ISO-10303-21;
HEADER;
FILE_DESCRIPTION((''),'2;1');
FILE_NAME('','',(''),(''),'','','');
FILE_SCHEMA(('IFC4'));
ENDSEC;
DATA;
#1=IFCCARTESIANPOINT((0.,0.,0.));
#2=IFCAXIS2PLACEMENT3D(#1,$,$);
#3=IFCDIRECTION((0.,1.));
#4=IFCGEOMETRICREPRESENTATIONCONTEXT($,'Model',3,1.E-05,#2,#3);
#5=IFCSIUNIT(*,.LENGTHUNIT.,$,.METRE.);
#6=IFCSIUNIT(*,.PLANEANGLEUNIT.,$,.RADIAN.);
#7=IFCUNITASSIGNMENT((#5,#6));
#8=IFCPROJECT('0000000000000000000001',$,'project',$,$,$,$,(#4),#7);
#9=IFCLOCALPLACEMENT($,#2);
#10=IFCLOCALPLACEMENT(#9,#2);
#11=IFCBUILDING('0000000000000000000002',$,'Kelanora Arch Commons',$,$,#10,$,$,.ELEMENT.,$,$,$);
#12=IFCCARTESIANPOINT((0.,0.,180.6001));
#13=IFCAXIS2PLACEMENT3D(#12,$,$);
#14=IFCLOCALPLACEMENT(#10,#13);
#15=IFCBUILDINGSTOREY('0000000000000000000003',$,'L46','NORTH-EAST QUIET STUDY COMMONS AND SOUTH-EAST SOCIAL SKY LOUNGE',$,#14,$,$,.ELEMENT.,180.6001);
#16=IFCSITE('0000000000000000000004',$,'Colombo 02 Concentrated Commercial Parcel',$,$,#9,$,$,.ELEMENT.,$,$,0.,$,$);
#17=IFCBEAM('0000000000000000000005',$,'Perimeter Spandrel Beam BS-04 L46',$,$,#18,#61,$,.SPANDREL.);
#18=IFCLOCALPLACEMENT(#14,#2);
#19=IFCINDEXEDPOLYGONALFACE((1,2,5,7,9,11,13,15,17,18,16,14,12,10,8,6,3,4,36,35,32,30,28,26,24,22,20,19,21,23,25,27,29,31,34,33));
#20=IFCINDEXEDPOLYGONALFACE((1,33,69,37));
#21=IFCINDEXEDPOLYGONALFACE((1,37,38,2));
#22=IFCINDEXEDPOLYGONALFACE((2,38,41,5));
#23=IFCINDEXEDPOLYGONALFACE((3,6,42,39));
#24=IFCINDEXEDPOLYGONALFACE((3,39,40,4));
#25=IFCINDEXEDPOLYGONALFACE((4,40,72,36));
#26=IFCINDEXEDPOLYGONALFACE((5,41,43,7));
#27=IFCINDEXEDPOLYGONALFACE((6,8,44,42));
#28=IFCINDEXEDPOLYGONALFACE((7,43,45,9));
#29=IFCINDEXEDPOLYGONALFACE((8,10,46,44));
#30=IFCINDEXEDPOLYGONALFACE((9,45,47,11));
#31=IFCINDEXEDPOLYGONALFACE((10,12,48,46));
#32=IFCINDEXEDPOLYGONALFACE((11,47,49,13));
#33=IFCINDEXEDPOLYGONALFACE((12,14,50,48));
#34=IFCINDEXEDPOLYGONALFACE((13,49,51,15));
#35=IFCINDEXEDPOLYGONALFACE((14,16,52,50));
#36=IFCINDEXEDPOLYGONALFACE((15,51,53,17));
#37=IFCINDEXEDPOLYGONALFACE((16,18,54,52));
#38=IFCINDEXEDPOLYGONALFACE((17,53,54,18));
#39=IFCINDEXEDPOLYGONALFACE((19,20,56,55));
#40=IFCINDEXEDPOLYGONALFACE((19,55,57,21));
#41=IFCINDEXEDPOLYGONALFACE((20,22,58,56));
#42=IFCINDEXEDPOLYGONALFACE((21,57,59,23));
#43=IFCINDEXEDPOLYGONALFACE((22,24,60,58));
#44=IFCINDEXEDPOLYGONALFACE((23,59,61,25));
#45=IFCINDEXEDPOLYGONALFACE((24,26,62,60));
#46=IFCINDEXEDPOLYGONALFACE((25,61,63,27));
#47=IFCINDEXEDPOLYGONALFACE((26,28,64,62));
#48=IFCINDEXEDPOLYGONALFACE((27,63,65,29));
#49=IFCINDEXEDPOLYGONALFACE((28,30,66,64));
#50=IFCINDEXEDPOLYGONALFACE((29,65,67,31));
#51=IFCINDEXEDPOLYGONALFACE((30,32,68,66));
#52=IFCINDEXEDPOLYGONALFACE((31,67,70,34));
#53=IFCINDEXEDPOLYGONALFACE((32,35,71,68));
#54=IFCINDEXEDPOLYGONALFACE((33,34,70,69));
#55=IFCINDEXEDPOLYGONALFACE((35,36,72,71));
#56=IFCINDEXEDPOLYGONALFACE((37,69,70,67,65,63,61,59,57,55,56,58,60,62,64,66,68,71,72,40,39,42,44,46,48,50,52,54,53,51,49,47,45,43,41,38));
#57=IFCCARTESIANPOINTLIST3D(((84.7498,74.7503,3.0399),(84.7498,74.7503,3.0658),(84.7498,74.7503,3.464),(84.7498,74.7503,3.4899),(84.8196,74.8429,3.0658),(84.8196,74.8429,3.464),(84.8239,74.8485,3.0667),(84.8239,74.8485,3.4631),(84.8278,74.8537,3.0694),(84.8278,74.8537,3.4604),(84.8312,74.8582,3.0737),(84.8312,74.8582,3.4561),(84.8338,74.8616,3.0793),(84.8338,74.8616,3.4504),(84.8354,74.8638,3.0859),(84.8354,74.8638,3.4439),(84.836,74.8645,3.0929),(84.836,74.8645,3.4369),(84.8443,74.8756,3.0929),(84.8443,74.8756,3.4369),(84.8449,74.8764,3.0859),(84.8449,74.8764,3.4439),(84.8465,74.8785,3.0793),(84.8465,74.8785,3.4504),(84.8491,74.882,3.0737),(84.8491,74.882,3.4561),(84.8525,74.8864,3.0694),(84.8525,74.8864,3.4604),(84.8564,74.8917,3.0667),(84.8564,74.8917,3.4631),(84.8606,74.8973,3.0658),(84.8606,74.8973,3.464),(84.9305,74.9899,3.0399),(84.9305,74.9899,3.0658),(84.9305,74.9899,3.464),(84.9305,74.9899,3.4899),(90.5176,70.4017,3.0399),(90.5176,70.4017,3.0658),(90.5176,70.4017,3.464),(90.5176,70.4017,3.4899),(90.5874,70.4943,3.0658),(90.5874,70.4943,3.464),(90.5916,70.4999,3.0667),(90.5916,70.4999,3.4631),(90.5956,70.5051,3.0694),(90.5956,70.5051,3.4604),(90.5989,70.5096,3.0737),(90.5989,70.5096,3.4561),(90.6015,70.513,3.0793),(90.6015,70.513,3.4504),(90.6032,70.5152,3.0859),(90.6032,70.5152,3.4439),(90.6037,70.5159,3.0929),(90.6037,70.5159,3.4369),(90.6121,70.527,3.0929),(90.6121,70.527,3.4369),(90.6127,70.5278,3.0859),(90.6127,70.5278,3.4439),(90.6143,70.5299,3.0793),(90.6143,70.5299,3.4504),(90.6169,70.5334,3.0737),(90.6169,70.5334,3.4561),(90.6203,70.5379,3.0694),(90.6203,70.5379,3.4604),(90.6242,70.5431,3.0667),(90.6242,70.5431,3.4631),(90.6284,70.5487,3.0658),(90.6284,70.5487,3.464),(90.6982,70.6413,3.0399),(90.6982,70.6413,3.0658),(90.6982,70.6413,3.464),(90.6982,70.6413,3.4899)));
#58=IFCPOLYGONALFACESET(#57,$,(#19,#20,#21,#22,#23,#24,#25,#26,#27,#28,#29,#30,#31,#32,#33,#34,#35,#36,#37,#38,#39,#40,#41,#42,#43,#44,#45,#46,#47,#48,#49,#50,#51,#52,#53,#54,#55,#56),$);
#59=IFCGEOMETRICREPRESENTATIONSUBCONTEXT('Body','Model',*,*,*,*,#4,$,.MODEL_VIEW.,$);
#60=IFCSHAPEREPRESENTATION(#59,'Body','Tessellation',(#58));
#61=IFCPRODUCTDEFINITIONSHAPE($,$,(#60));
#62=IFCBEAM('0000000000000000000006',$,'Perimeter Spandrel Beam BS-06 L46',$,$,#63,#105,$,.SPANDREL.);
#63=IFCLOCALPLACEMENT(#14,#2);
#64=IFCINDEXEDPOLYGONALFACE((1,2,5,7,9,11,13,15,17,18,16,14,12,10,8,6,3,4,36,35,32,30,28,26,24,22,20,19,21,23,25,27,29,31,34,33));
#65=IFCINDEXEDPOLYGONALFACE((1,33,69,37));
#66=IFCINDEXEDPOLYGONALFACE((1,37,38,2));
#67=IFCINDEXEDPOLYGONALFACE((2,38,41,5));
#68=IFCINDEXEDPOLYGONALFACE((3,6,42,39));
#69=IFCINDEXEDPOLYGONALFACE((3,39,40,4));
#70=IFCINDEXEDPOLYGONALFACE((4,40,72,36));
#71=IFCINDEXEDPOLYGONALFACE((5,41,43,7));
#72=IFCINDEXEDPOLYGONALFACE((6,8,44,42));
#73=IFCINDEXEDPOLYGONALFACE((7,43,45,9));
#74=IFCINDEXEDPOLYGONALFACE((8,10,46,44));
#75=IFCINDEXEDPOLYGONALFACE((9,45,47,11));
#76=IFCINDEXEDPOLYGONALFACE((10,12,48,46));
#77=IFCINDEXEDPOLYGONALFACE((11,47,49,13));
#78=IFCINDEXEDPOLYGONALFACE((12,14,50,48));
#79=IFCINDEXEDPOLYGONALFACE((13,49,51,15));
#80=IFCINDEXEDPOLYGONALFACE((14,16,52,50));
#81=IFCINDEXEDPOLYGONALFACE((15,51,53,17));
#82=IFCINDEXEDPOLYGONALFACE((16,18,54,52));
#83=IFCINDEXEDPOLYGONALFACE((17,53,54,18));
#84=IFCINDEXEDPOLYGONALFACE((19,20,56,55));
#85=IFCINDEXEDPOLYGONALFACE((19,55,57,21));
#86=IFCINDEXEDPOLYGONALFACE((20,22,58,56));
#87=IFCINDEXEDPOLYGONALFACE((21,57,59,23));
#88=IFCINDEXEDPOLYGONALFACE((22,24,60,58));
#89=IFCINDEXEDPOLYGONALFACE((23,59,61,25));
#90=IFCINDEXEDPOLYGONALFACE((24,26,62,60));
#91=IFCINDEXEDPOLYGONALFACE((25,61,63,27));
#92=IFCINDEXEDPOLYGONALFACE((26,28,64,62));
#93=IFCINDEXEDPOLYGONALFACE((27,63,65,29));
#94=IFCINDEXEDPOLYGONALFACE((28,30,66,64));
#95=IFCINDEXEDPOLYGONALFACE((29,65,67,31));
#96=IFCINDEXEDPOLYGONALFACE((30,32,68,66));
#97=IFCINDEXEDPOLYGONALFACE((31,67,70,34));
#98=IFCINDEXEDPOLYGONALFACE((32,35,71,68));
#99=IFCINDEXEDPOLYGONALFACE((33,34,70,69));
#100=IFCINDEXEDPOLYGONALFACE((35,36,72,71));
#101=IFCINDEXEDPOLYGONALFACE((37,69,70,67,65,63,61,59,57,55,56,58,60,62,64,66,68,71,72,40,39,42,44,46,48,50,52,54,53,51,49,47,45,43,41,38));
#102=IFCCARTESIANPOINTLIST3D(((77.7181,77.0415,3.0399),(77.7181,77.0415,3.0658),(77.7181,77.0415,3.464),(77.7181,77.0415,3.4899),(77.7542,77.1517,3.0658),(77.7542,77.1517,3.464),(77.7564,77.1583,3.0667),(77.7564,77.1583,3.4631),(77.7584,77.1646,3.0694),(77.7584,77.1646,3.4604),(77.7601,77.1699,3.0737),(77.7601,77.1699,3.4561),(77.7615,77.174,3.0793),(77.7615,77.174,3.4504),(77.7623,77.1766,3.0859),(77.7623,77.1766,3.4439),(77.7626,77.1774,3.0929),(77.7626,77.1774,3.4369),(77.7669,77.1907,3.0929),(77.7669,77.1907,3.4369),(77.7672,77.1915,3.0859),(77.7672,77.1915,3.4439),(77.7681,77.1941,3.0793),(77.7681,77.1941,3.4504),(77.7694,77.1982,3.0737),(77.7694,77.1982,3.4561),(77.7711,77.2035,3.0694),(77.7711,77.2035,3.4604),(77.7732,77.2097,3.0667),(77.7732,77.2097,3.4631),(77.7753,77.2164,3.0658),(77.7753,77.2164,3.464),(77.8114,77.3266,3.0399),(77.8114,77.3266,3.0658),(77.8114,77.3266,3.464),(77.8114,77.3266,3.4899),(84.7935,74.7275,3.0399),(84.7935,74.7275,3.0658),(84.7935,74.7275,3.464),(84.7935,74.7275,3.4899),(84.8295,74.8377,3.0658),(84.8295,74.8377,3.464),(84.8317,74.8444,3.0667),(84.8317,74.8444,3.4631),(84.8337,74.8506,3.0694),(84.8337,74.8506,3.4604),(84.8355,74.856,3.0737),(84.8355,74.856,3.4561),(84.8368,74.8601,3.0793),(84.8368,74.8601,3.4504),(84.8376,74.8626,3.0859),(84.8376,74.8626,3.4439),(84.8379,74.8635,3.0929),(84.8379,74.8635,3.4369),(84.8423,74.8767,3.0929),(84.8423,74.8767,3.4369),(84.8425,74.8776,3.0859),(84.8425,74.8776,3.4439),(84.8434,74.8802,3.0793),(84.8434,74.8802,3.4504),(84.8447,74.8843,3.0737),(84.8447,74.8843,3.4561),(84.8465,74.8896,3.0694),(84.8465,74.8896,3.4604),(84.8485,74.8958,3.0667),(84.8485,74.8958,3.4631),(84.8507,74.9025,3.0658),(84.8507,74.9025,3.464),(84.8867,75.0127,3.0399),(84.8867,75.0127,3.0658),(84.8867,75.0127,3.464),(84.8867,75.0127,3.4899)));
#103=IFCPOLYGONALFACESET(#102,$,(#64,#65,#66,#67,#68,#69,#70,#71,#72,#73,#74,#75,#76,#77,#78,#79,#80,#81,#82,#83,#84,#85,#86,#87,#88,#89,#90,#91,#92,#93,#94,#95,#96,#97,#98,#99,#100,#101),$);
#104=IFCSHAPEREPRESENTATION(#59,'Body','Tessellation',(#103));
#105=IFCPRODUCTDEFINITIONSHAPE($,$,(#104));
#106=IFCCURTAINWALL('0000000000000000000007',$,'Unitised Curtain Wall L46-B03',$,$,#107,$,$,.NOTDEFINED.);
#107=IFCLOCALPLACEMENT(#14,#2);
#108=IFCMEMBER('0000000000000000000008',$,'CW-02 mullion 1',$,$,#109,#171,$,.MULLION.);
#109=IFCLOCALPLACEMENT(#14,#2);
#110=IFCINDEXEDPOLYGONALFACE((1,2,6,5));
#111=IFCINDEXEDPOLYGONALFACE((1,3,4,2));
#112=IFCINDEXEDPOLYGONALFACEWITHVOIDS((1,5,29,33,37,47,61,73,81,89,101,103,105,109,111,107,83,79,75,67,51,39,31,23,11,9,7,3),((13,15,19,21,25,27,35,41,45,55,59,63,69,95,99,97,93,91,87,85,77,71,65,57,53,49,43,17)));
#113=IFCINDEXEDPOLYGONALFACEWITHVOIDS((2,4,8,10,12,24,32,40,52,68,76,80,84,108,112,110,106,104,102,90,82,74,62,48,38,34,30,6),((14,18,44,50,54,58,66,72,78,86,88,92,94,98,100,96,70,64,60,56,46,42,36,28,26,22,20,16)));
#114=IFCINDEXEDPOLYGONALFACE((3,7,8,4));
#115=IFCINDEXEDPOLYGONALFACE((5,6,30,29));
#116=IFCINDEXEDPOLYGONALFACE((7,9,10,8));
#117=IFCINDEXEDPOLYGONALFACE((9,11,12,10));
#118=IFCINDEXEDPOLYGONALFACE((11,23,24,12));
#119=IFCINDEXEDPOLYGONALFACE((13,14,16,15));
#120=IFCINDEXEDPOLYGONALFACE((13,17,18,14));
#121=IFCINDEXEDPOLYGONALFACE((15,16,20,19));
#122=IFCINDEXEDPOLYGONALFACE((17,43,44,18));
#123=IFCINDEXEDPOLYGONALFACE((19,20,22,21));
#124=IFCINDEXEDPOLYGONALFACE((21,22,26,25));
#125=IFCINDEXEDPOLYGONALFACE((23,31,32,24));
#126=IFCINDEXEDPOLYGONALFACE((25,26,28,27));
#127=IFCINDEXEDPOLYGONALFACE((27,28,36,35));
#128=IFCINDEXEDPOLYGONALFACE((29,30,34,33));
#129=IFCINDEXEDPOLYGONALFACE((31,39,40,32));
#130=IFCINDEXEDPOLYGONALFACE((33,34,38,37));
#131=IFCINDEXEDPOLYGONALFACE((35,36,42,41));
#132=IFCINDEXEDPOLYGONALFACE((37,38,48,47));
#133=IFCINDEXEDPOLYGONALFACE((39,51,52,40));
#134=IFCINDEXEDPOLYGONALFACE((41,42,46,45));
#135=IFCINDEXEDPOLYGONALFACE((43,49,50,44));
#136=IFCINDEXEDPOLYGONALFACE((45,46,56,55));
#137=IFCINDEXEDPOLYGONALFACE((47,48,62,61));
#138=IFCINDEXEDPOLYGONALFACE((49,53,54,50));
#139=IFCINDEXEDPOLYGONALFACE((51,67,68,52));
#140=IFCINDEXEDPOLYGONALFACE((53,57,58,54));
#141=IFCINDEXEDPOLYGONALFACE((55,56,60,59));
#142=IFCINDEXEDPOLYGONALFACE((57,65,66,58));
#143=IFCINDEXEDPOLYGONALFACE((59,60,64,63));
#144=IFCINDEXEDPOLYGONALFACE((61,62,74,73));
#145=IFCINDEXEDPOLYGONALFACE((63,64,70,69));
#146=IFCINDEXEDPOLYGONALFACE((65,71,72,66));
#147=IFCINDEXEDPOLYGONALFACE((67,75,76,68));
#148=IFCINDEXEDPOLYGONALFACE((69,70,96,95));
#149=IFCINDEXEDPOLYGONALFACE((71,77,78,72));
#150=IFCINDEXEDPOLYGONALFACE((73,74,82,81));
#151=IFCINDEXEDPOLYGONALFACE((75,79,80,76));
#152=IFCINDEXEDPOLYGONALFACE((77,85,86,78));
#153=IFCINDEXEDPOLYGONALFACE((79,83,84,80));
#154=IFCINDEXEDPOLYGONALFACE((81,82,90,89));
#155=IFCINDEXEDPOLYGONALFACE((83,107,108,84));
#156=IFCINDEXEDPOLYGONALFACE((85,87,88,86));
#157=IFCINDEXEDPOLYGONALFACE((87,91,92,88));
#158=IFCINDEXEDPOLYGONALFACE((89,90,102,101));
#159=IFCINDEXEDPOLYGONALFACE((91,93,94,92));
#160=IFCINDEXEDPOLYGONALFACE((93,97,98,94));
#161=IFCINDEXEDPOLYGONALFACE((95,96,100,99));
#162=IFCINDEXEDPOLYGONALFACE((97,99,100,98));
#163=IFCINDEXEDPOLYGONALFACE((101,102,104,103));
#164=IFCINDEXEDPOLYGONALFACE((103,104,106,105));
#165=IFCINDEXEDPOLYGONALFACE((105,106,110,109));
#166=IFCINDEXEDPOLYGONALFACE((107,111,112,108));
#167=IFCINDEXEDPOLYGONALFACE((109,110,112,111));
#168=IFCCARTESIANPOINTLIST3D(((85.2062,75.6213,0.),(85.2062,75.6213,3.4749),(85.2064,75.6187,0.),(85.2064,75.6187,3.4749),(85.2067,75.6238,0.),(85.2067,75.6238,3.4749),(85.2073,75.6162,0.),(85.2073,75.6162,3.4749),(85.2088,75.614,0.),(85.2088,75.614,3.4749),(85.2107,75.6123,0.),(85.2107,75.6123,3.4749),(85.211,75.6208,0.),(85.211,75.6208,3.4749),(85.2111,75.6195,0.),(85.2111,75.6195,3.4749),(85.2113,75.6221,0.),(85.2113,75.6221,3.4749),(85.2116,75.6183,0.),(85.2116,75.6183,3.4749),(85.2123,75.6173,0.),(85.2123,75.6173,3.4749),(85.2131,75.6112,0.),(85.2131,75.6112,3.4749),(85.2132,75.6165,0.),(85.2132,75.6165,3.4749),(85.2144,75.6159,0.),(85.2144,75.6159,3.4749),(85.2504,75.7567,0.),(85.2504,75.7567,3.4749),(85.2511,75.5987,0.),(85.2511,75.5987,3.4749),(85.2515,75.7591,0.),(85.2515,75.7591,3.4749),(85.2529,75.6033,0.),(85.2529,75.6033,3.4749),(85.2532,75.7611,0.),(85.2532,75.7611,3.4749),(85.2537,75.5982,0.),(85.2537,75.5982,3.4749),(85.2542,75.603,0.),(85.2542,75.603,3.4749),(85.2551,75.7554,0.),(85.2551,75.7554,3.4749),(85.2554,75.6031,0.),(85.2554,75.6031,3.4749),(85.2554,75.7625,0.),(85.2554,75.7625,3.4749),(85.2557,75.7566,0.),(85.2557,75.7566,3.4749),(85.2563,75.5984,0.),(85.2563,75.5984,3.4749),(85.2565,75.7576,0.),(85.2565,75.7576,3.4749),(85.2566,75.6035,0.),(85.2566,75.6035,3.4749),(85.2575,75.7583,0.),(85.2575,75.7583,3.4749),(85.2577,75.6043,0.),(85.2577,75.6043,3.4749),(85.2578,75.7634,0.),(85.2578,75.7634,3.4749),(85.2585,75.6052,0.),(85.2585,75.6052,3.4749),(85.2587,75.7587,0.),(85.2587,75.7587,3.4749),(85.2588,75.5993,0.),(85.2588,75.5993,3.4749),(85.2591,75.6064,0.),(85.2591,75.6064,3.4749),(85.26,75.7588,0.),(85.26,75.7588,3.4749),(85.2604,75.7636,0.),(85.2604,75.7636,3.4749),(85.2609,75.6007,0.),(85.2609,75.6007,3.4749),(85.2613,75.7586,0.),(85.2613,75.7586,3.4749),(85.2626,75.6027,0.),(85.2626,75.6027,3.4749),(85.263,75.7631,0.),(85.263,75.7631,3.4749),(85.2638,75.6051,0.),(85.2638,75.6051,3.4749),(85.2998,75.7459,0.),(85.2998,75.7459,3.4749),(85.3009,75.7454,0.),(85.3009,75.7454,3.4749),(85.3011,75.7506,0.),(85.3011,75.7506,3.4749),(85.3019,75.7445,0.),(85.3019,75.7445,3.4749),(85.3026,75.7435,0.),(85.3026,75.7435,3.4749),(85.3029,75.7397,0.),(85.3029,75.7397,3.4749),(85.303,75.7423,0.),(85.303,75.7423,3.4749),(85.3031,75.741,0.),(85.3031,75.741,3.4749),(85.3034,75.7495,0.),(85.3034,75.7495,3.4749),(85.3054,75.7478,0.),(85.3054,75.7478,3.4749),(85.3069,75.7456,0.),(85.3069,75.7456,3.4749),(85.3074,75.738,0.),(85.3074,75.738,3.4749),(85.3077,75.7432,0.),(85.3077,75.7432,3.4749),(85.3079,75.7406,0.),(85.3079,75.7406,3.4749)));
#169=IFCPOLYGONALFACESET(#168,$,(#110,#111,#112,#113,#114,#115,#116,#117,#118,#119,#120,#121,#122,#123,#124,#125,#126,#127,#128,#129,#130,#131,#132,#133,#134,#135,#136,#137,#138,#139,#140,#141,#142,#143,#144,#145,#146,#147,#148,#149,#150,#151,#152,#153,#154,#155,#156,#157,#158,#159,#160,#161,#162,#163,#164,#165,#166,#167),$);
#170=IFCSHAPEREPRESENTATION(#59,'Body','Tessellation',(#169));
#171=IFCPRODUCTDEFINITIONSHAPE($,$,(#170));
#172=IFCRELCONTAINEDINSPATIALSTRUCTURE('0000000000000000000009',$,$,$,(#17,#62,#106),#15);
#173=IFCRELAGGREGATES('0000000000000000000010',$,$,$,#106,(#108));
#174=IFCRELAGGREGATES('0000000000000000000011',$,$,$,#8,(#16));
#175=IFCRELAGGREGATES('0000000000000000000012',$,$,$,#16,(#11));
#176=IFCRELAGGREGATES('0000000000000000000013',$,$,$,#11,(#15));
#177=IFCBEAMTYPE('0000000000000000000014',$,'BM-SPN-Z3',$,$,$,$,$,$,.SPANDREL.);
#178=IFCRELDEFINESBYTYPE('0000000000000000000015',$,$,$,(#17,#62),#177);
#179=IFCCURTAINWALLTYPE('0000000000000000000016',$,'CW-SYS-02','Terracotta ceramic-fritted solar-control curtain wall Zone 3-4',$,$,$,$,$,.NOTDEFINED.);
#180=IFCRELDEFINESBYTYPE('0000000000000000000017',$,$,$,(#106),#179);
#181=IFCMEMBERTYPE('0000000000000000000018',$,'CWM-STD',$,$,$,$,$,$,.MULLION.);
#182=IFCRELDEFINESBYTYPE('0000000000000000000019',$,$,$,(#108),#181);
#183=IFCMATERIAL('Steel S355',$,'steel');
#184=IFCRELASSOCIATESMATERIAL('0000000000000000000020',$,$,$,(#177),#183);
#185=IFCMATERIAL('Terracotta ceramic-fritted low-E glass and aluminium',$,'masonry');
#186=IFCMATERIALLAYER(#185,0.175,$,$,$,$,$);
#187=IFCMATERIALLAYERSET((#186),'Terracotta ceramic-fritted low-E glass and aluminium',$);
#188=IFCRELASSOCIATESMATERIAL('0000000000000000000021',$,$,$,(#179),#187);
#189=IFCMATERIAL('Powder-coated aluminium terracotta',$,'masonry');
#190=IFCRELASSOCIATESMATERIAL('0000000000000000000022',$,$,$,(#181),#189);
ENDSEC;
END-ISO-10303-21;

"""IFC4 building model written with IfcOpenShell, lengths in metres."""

from ifc_helpers import new_model, si_unit, direction, frame, origin, origin_2d, place, context, subcontext, project, spatial, hollow_rectangle, i_section, extrude, material, layer, layer_set, material_profile, profile_set, type_object, element, aggregate, save


model = new_model("IFC4")

# Units and contexts
model_context = context("Model", 3, precision=1e-05, world=origin(), true_north=direction((0.0, 1.0)))
body_context = subcontext(model_context, "Body", "Model", "MODEL_VIEW")
ifc_project = project(units=[si_unit("LENGTHUNIT", "METRE"), si_unit("PLANEANGLEUNIT", "RADIAN")], contexts=[model_context])

# Site, building, storey
site_placement = place(None, origin())
site = spatial("IfcSite", under=ifc_project, at=site_placement, Name="Colombo 02 Concentrated Commercial Parcel", CompositionType="ELEMENT", RefElevation=0.0)
building_placement = place(site_placement, origin())
building = spatial("IfcBuilding", under=site, at=building_placement, Name="Kelanora Arch Commons", CompositionType="ELEMENT")
storey_placement = place(building_placement, frame((0.0, 0.0, 180.6001)))
storey = spatial("IfcBuildingStorey", under=building, at=storey_placement, Name="L46", Description="NORTH-EAST QUIET STUDY COMMONS AND SOUTH-EAST SOCIAL SKY LOUNGE", CompositionType="ELEMENT", Elevation=180.6001)

# Beams
ifc_material_1 = material(Name="Steel S355", Category="steel")
ifc_material_profile_1 = material_profile(ifc_material_1, i_section(OverallWidth=0.3, OverallDepth=0.45, WebThickness=0.0139, FlangeThickness=0.0259, FilletRadius=0.0271, at=origin_2d()), Name="HEB450")
ifc_profile_set_1 = profile_set([ifc_material_profile_1], Name="Steel S355")
beam_type_1 = type_object("IfcBeamType", Name="BM-SPN-Z3", PredefinedType="SPANDREL", material=ifc_profile_set_1)
beam_1_placement = place(storey_placement, frame((90.6079, 70.5215, 3.2649), z_axis=(-0.798485, 0.602015, 0.0), x_axis=(-0.602015, -0.798485, 0.0)))
element("IfcBeam", 1, at=beam_1_placement, inside=storey, type_object=beam_type_1, Name="Perimeter Spandrel Beam BS-04 L46", PredefinedType="SPANDREL", context=body_context, shape_type="SweptSolid", body=[
    extrude(i_section(OverallWidth=0.3, OverallDepth=0.45, WebThickness=0.0139, FlangeThickness=0.0259, FilletRadius=0.0271, at=origin_2d()), origin(), (0.0, 0.0, 1.0), 7.2234),
])
beam_2_placement = place(storey_placement, frame((84.8401, 74.8701, 3.2649), z_axis=(-0.950462, 0.310841, 0.0), x_axis=(-0.310841, -0.950462, 0.0)))
element("IfcBeam", 2, at=beam_2_placement, inside=storey, type_object=beam_type_1, Name="Perimeter Spandrel Beam BS-06 L46", PredefinedType="SPANDREL", context=body_context, shape_type="SweptSolid", body=[
    extrude(i_section(OverallWidth=0.3, OverallDepth=0.45, WebThickness=0.0139, FlangeThickness=0.0259, FilletRadius=0.0271, at=origin_2d()), origin(), (0.0, 0.0, 1.0), 7.4441),
])

# Curtain wall, member
ifc_material_2 = material(Name="Terracotta ceramic-fritted low-E glass and aluminium", Category="masonry")
ifc_layer_1 = layer(ifc_material_2, 0.175)
ifc_layer_set_1 = layer_set([ifc_layer_1], Name="Terracotta ceramic-fritted low-E glass and aluminium")
curtain_wall_type = type_object("IfcCurtainWallType", Name="CW-SYS-02", Description="Terracotta ceramic-fritted solar-control curtain wall Zone 3-4", PredefinedType="NOTDEFINED", material=ifc_layer_set_1)
curtain_wall_placement = place(storey_placement, origin())
curtain_wall = element("IfcCurtainWall", 3, at=curtain_wall_placement, inside=storey, type_object=curtain_wall_type, Name="Unitised Curtain Wall L46-B03", PredefinedType="NOTDEFINED")
ifc_material_3 = material(Name="Powder-coated aluminium terracotta", Category="masonry")
ifc_material_profile_2 = material_profile(ifc_material_3, hollow_rectangle(XDim=0.1599, YDim=0.0601, WallThickness=0.0049, InnerFilletRadius=0.0049, OuterFilletRadius=0.01, at=origin_2d()), Name="CWM160x60")
ifc_profile_set_2 = profile_set([ifc_material_profile_2], Name="Powder-coated aluminium terracotta")
member_type_1 = type_object("IfcMemberType", Name="CWM-STD", PredefinedType="MULLION", material=ifc_profile_set_2)
member_1_placement = place(storey_placement, frame((85.2571, 75.6809, 0.0), z_axis=(0.0, 0.0, 1.0), x_axis=(-0.312128, -0.95004, 0.0)))
member_1 = element("IfcMember", 4, at=member_1_placement, type_object=member_type_1, Name="CW-02 mullion 1", PredefinedType="MULLION", context=body_context, shape_type="SweptSolid", body=[
    extrude(hollow_rectangle(XDim=0.1599, YDim=0.0601, WallThickness=0.0049, InnerFilletRadius=0.0049, OuterFilletRadius=0.01, at=origin_2d()), origin(), (0.0, 0.0, 1.0), 3.4749),
])
aggregate(curtain_wall, [member_1])

save(model, "model.ifc")
